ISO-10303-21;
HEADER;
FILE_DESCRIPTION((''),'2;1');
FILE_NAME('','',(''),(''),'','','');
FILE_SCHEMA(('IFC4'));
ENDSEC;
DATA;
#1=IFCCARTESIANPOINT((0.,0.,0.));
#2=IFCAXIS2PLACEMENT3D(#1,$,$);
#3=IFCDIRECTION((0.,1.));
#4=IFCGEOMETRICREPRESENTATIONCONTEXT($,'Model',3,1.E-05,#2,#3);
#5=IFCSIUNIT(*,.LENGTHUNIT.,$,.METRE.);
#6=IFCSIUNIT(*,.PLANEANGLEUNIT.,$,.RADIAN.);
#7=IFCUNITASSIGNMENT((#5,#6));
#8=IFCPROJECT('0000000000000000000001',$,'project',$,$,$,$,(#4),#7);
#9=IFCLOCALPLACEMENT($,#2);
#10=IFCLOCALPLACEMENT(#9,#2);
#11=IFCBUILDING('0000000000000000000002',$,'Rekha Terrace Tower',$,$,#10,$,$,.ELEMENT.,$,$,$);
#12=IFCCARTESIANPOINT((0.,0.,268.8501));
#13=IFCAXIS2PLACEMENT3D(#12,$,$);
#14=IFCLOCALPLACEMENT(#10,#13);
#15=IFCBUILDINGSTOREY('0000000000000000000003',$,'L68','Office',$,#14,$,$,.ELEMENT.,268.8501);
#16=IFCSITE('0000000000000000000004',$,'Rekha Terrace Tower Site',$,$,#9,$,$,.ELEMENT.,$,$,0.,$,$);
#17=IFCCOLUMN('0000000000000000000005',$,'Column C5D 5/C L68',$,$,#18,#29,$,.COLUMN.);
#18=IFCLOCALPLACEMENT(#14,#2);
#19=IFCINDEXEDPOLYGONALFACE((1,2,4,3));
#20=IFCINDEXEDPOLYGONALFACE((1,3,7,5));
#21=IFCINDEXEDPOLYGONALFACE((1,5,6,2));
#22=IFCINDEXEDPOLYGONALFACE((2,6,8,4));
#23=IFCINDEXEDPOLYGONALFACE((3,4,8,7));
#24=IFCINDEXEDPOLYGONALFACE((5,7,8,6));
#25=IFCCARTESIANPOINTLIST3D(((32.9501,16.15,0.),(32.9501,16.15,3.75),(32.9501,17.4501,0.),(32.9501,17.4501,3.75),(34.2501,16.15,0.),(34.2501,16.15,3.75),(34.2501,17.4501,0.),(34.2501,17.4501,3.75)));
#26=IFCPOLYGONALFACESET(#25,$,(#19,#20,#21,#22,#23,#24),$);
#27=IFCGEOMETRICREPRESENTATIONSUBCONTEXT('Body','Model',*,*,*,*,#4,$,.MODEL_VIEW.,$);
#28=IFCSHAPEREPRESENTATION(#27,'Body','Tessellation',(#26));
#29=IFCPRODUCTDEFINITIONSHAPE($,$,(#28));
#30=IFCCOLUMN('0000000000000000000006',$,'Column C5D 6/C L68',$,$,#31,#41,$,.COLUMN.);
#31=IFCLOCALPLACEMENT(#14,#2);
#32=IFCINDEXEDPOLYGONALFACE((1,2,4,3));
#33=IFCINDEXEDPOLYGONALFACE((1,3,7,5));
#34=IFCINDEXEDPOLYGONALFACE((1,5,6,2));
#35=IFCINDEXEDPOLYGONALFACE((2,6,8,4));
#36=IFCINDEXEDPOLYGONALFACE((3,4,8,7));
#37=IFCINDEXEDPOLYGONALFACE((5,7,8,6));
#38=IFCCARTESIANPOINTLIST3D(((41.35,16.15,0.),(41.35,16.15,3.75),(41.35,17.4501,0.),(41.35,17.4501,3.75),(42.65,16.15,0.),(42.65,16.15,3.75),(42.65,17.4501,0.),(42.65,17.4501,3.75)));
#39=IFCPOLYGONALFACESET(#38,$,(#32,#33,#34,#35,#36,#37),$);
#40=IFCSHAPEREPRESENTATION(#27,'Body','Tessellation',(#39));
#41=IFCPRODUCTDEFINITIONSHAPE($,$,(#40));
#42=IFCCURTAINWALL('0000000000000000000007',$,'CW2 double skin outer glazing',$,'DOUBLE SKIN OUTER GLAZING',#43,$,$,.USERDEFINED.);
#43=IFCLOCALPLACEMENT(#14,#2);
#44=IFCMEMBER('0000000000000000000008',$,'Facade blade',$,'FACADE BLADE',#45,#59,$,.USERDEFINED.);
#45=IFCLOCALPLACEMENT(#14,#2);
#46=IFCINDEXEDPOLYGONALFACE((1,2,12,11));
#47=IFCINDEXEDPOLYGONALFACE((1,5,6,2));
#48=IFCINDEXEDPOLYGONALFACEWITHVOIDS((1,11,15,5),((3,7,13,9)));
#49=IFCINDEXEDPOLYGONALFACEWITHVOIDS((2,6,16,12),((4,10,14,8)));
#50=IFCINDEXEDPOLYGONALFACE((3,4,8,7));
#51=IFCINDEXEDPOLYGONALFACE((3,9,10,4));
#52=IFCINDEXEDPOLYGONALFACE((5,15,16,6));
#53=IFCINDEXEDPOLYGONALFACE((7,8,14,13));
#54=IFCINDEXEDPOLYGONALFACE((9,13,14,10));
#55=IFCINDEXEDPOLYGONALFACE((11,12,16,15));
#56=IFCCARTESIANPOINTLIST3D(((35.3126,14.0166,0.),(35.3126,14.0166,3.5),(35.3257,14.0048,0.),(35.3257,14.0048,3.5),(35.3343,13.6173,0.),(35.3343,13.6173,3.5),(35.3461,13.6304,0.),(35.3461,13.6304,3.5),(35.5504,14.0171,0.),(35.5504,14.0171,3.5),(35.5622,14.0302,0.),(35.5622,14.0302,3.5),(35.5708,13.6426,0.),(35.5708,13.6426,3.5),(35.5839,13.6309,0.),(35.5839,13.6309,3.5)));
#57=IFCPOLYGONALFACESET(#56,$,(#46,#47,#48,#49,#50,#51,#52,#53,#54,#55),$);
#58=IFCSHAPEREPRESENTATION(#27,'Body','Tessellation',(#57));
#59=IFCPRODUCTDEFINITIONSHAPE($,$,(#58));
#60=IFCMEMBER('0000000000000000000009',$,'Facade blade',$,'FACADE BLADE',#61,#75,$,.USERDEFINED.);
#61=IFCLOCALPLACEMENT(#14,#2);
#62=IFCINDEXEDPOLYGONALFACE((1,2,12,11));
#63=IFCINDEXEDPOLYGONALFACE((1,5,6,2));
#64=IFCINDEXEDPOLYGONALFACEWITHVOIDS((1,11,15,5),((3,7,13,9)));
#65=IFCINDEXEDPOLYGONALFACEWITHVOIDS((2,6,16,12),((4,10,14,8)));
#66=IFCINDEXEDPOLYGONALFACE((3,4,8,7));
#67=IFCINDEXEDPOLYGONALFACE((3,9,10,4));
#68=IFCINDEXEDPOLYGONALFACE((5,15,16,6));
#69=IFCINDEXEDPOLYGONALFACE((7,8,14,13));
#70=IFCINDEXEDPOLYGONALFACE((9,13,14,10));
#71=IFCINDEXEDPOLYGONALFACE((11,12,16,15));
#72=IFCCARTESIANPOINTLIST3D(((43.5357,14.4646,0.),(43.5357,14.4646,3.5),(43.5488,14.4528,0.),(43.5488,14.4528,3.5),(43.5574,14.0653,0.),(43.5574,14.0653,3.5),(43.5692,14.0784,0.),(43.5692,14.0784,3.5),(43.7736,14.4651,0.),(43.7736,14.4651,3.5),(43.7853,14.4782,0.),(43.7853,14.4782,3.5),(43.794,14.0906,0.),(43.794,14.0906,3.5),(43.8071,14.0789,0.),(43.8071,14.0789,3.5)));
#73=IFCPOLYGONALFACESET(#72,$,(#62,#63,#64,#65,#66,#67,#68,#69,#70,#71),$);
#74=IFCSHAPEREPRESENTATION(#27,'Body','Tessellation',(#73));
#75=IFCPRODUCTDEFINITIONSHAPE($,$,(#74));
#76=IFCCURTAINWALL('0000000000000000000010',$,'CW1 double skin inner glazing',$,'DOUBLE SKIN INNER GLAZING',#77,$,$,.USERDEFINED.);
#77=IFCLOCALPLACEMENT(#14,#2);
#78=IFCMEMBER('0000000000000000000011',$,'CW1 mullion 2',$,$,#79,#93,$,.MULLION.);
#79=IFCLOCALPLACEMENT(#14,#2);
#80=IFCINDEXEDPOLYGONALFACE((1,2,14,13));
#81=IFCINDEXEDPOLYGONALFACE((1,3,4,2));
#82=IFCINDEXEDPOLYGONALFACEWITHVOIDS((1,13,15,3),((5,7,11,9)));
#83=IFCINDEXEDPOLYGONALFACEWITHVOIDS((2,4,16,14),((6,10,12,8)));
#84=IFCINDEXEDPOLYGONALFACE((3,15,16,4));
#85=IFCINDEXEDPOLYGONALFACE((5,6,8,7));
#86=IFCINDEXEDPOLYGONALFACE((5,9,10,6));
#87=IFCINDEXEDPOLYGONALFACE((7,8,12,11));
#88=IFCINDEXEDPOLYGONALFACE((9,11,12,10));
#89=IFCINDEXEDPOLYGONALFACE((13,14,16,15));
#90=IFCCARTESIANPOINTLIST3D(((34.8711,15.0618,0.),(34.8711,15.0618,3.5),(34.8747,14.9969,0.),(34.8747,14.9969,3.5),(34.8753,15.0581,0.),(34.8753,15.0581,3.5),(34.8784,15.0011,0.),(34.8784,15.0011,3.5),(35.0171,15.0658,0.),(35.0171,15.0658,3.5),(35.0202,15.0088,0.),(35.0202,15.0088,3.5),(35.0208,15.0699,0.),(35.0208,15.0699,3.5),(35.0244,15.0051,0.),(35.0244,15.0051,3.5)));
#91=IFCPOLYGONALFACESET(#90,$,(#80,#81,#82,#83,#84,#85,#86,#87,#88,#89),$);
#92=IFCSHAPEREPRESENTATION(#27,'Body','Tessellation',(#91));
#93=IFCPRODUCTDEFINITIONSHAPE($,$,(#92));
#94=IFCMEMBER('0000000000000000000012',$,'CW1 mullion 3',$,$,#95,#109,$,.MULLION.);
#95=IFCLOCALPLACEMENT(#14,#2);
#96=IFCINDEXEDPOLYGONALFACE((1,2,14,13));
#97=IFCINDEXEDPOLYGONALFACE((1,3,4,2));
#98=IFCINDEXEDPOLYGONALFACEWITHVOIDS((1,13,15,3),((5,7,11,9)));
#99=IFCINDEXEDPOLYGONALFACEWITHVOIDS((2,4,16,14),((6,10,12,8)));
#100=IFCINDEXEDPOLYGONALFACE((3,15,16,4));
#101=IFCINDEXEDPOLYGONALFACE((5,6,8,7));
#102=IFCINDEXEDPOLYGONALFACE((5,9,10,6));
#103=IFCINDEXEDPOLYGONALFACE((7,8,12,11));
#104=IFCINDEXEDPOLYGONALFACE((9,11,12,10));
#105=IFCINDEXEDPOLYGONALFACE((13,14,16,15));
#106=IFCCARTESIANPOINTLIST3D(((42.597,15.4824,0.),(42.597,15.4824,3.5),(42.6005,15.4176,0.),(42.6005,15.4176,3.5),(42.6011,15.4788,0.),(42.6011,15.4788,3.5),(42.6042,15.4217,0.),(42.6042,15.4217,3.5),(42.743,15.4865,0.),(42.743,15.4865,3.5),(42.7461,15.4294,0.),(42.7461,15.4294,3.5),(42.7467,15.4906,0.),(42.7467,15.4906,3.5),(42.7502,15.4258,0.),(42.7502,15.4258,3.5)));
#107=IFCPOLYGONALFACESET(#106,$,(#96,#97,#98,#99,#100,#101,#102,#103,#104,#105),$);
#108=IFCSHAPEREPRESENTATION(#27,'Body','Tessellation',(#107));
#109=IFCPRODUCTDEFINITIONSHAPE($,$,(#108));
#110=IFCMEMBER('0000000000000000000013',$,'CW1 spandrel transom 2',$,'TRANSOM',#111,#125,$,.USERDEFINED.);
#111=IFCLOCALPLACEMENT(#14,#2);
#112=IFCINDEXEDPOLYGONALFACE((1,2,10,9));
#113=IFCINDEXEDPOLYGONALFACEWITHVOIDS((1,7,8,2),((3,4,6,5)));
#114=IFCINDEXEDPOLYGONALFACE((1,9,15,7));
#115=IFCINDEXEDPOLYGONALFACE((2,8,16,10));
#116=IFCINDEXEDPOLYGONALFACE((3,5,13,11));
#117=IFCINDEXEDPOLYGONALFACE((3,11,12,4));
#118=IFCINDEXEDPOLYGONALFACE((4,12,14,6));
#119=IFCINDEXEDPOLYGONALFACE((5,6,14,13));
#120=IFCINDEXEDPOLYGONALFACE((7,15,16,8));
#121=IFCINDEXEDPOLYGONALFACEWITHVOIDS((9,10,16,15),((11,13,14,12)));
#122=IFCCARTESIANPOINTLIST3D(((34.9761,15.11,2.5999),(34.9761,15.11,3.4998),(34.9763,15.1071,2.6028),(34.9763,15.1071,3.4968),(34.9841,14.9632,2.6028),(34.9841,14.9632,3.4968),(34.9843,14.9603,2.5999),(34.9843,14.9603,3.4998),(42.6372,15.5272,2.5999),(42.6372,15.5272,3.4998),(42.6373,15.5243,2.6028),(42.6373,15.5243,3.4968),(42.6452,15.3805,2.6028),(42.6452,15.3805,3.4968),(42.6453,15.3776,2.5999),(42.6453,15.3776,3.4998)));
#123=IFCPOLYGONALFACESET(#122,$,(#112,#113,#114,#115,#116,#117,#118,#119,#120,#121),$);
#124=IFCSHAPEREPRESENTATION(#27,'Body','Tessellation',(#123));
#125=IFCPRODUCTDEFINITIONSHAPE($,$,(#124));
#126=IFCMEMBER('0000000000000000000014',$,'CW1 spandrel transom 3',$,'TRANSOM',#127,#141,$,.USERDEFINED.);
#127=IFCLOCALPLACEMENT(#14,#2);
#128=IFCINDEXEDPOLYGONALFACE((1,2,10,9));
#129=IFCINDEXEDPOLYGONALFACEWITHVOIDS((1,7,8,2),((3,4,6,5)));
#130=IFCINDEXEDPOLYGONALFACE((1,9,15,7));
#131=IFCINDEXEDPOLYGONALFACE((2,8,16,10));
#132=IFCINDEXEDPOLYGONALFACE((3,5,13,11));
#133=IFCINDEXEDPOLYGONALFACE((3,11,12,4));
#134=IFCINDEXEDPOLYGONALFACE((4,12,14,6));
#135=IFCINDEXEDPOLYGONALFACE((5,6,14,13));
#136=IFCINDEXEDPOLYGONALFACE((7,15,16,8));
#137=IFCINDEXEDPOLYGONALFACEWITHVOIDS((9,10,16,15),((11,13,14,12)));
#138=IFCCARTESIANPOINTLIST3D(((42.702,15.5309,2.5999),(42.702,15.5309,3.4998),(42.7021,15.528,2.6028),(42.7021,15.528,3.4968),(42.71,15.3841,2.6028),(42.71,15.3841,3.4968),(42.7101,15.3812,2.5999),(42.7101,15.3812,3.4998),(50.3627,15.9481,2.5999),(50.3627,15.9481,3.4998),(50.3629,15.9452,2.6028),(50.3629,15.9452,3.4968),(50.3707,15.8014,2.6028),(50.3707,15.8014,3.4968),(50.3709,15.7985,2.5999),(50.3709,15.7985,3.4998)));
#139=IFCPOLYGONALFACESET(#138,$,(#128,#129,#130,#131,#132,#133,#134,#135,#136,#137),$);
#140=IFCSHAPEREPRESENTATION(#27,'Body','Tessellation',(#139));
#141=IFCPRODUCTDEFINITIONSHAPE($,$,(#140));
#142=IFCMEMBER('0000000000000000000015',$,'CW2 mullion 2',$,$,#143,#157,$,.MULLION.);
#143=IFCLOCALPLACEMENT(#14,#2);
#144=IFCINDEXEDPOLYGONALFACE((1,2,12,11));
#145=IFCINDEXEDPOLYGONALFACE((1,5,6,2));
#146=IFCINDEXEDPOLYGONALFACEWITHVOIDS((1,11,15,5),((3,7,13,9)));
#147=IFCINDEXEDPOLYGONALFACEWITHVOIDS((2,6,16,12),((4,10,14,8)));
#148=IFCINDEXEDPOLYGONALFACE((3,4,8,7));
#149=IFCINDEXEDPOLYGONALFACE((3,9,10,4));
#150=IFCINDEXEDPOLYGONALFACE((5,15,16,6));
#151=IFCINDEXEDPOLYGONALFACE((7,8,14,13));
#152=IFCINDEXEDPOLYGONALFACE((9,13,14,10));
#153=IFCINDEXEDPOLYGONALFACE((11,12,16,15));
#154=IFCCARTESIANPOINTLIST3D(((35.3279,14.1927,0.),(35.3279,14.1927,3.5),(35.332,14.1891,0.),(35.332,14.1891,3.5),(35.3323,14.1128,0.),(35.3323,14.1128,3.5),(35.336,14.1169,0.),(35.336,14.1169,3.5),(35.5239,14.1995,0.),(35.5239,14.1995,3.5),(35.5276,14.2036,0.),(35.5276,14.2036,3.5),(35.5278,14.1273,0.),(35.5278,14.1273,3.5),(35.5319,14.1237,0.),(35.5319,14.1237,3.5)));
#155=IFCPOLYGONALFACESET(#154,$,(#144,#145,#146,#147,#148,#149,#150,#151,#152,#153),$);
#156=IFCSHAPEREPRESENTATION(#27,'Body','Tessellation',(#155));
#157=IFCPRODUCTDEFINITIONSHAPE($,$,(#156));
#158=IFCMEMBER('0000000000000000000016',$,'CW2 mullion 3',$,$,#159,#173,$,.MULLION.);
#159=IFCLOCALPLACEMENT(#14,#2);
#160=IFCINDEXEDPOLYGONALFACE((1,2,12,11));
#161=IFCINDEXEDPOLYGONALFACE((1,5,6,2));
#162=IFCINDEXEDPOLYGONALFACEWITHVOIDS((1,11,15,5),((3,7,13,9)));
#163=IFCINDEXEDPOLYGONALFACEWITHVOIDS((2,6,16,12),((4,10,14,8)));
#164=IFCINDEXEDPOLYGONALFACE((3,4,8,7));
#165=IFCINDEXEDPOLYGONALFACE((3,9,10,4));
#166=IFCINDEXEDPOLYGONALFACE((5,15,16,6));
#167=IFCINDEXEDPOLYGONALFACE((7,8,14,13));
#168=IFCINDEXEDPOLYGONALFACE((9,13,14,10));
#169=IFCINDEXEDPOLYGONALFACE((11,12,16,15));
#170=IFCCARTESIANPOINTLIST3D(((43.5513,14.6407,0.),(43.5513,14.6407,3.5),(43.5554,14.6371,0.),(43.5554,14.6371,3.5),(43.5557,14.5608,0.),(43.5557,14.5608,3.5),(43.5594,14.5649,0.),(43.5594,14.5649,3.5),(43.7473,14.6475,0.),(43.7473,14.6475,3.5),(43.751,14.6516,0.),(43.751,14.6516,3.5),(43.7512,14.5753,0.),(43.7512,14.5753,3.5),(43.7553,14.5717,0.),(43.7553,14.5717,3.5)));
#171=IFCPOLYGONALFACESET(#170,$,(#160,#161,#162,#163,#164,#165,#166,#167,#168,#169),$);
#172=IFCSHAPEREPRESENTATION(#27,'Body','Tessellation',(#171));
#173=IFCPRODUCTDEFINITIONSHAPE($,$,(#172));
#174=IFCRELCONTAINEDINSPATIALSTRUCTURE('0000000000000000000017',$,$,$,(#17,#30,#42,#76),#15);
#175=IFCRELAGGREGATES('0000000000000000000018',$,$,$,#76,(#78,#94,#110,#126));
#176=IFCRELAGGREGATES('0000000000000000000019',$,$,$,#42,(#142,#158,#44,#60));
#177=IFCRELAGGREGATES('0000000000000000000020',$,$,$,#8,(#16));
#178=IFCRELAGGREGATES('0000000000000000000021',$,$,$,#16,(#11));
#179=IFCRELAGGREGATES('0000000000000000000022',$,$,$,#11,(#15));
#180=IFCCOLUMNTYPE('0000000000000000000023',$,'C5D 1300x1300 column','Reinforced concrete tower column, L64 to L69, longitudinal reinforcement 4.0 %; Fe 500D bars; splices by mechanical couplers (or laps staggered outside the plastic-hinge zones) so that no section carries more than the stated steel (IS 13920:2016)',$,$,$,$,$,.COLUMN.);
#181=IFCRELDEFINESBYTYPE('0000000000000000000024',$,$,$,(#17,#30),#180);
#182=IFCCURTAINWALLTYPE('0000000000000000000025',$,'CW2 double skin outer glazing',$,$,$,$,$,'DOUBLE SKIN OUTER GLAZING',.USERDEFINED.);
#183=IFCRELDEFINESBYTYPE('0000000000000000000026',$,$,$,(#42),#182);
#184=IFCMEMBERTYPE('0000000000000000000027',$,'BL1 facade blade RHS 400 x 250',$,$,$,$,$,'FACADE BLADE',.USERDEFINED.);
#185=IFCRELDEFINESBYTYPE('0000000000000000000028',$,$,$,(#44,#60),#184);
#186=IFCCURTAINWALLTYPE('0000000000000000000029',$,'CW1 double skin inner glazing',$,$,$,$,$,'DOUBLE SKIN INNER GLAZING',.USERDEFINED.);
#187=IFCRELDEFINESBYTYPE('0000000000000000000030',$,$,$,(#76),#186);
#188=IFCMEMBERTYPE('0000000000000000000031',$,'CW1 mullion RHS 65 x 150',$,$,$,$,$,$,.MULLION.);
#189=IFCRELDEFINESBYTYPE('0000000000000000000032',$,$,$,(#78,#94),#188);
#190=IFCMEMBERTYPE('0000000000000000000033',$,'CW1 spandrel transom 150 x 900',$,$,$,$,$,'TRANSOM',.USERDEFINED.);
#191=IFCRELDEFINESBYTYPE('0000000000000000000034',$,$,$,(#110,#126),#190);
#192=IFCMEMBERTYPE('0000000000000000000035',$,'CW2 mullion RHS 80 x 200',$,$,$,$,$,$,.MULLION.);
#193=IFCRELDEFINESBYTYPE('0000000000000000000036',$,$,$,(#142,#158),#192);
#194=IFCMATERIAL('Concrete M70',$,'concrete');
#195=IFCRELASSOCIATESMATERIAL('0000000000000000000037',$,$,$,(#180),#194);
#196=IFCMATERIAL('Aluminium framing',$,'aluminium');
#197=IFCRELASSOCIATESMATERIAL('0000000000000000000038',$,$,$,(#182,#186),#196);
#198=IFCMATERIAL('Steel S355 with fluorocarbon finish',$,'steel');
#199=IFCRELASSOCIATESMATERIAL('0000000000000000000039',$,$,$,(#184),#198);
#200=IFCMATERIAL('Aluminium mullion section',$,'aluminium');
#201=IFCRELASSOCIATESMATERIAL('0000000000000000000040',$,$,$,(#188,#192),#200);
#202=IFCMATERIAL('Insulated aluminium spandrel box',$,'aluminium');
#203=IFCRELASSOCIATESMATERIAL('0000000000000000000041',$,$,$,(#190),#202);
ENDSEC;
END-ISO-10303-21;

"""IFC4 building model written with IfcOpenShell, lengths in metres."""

from ifc_helpers import new_model, si_unit, direction, frame, origin, origin_2d, place, context, subcontext, project, spatial, rectangle, hollow_rectangle, extrude, material, material_profile, profile_set, type_object, element, aggregate, save


model = new_model("IFC4")

# Units and contexts
model_context = context("Model", 3, precision=1e-05, world=origin(), true_north=direction((0.0, 1.0)))
body_context = subcontext(model_context, "Body", "Model", "MODEL_VIEW")
ifc_project = project(units=[si_unit("LENGTHUNIT", "METRE"), si_unit("PLANEANGLEUNIT", "RADIAN")], contexts=[model_context])

# Site, building, storey
site_placement = place(None, origin())
site = spatial("IfcSite", under=ifc_project, at=site_placement, Name="Rekha Terrace Tower Site", CompositionType="ELEMENT", RefElevation=0.0)
building_placement = place(site_placement, origin())
building = spatial("IfcBuilding", under=site, at=building_placement, Name="Rekha Terrace Tower", CompositionType="ELEMENT")
storey_placement = place(building_placement, frame((0.0, 0.0, 268.8501)))
storey = spatial("IfcBuildingStorey", under=building, at=storey_placement, Name="L68", Description="Office", CompositionType="ELEMENT", Elevation=268.8501)

# Columns
ifc_material_1 = material(Name="Concrete M70", Category="concrete")
ifc_material_profile_1 = material_profile(ifc_material_1, rectangle(XDim=1.3, YDim=1.3, at=origin_2d()), Name="RC 1300x1300")
ifc_profile_set_1 = profile_set([ifc_material_profile_1], Name="Concrete M70")
column_type = type_object("IfcColumnType", Name="C5D 1300x1300 column", Description="Reinforced concrete tower column, L64 to L69, longitudinal reinforcement 4.0 %; Fe 500D bars; splices by mechanical couplers (or laps staggered outside the plastic-hinge zones) so that no section carries more than the stated steel (IS 13920:2016)", PredefinedType="COLUMN", material=ifc_profile_set_1)
for number, where, z_axis, x_axis, name in (
    (1, (33.6001, 16.8, 0.0), (0.0, 0.0, 1.0), (1.0, 0.0, 0.0), "Column C5D 5/C L68"),
    (2, (42.0, 16.8, 0.0), (0.0, 0.0, 1.0), (1.0, 0.0, 0.0), "Column C5D 6/C L68"),
):
    element("IfcColumn", number, at=place(storey_placement, frame(where, z_axis=z_axis, x_axis=x_axis)), inside=storey, type_object=column_type, Name=name, PredefinedType="COLUMN", context=body_context, shape_type="SweptSolid", body=[
        extrude(rectangle(XDim=1.3, YDim=1.3, at=origin_2d()), origin(), (0.0, 0.0, 1.0), 3.75),
    ])

# Curtain walls, members
ifc_material_2 = material(Name="Aluminium framing", Category="aluminium")
curtain_wall_type_1 = type_object("IfcCurtainWallType", Name="CW2 double skin outer glazing", ElementType="DOUBLE SKIN OUTER GLAZING", PredefinedType="USERDEFINED", material=ifc_material_2)
curtain_wall_1_placement = place(storey_placement, origin())
curtain_wall_1 = element("IfcCurtainWall", 3, at=curtain_wall_1_placement, inside=storey, type_object=curtain_wall_type_1, Name="CW2 double skin outer glazing", ObjectType="DOUBLE SKIN OUTER GLAZING", PredefinedType="USERDEFINED")
ifc_material_3 = material(Name="Steel S355 with fluorocarbon finish", Category="steel")
ifc_material_profile_2 = material_profile(ifc_material_3, hollow_rectangle(XDim=0.25, YDim=0.3999, WallThickness=0.0125, at=origin_2d()), Name="RHS400x250x12.5")
ifc_profile_set_2 = profile_set([ifc_material_profile_2], Name="Steel S355 with fluorocarbon finish")
member_type_1 = type_object("IfcMemberType", Name="BL1 facade blade RHS 400 x 250", ElementType="FACADE BLADE", PredefinedType="USERDEFINED", material=ifc_profile_set_2)
member_1_placement = place(storey_placement, frame((35.4482, 13.8237, 0.0), z_axis=(0.0, 0.0, 1.0), x_axis=(0.99852, 0.054389, 0.0)))
member_1 = element("IfcMember", 4, at=member_1_placement, type_object=member_type_1, Name="Facade blade", ObjectType="FACADE BLADE", PredefinedType="USERDEFINED", context=body_context, shape_type="SweptSolid", body=[
    extrude(hollow_rectangle(XDim=0.25, YDim=0.3999, WallThickness=0.0125, at=origin_2d()), origin(), (0.0, 0.0, 1.0), 3.5),
])
member_2_placement = place(storey_placement, frame((43.6714, 14.2717, 0.0), z_axis=(0.0, 0.0, 1.0), x_axis=(0.99852, 0.054389, 0.0)))
member_2 = element("IfcMember", 5, at=member_2_placement, type_object=member_type_1, Name="Facade blade", ObjectType="FACADE BLADE", PredefinedType="USERDEFINED", context=body_context, shape_type="SweptSolid", body=[
    extrude(hollow_rectangle(XDim=0.25, YDim=0.3999, WallThickness=0.0125, at=origin_2d()), origin(), (0.0, 0.0, 1.0), 3.5),
])
curtain_wall_type_2 = type_object("IfcCurtainWallType", Name="CW1 double skin inner glazing", ElementType="DOUBLE SKIN INNER GLAZING", PredefinedType="USERDEFINED", material=ifc_material_2)
curtain_wall_2_placement = place(storey_placement, origin())
curtain_wall_2 = element("IfcCurtainWall", 6, at=curtain_wall_2_placement, inside=storey, type_object=curtain_wall_type_2, Name="CW1 double skin inner glazing", ObjectType="DOUBLE SKIN INNER GLAZING", PredefinedType="USERDEFINED")
ifc_material_4 = material(Name="Aluminium mullion section", Category="aluminium")
ifc_material_profile_3 = material_profile(ifc_material_4, hollow_rectangle(XDim=0.0649, YDim=0.1499, WallThickness=0.0039, at=origin_2d()), Name="AL RHS 65x150")
ifc_profile_set_3 = profile_set([ifc_material_profile_3], Name="Aluminium mullion section")
member_type_2 = type_object("IfcMemberType", Name="CW1 mullion RHS 65 x 150", PredefinedType="MULLION", material=ifc_profile_set_3)
member_3_placement = place(storey_placement, frame((34.9478, 15.0334, 0.0), z_axis=(0.0, 0.0, 1.0), x_axis=(-0.054389, 0.99852, 0.0)))
member_3 = element("IfcMember", 7, at=member_3_placement, type_object=member_type_2, Name="CW1 mullion 2", PredefinedType="MULLION", context=body_context, shape_type="SweptSolid", body=[
    extrude(hollow_rectangle(XDim=0.0649, YDim=0.1499, WallThickness=0.0039, at=origin_2d()), origin(), (0.0, 0.0, 1.0), 3.5),
])
member_4_placement = place(storey_placement, frame((42.6736, 15.4541, 0.0), z_axis=(0.0, 0.0, 1.0), x_axis=(-0.054389, 0.99852, 0.0)))
member_4 = element("IfcMember", 8, at=member_4_placement, type_object=member_type_2, Name="CW1 mullion 3", PredefinedType="MULLION", context=body_context, shape_type="SweptSolid", body=[
    extrude(hollow_rectangle(XDim=0.0649, YDim=0.1499, WallThickness=0.0039, at=origin_2d()), origin(), (0.0, 0.0, 1.0), 3.5),
])
ifc_material_5 = material(Name="Insulated aluminium spandrel box", Category="aluminium")
ifc_material_profile_4 = material_profile(ifc_material_5, hollow_rectangle(XDim=0.1499, YDim=0.8999, WallThickness=0.0029, at=origin_2d()), Name="AL SPANDREL BOX 150x900")
ifc_profile_set_4 = profile_set([ifc_material_profile_4], Name="Insulated aluminium spandrel box")
member_type_3 = type_object("IfcMemberType", Name="CW1 spandrel transom 150 x 900", ElementType="TRANSOM", PredefinedType="USERDEFINED", material=ifc_profile_set_4)
member_5_placement = place(storey_placement, frame((34.9802, 15.0352, 3.0498), z_axis=(0.99852, 0.054383, 0.0), x_axis=(-0.054383, 0.99852, 0.0)))
member_5 = element("IfcMember", 9, at=member_5_placement, type_object=member_type_3, Name="CW1 spandrel transom 2", ObjectType="TRANSOM", PredefinedType="USERDEFINED", context=body_context, shape_type="SweptSolid", body=[
    extrude(hollow_rectangle(XDim=0.1499, YDim=0.8999, WallThickness=0.0029, at=origin_2d()), origin(), (0.0, 0.0, 1.0), 7.6724),
])
member_6_placement = place(storey_placement, frame((42.7061, 15.4561, 3.0498), z_axis=(0.99852, 0.054384, 0.0), x_axis=(-0.054384, 0.99852, 0.0)))
member_6 = element("IfcMember", 10, at=member_6_placement, type_object=member_type_3, Name="CW1 spandrel transom 3", ObjectType="TRANSOM", PredefinedType="USERDEFINED", context=body_context, shape_type="SweptSolid", body=[
    extrude(hollow_rectangle(XDim=0.1499, YDim=0.8999, WallThickness=0.0029, at=origin_2d()), origin(), (0.0, 0.0, 1.0), 7.6721),
])

# Members
ifc_material_profile_5 = material_profile(ifc_material_4, hollow_rectangle(XDim=0.0801, YDim=0.2, WallThickness=0.0039, at=origin_2d()), Name="AL RHS 80x200")
ifc_profile_set_5 = profile_set([ifc_material_profile_5], Name="Aluminium mullion section")
member_type_4 = type_object("IfcMemberType", Name="CW2 mullion RHS 80 x 200", PredefinedType="MULLION", material=ifc_profile_set_5)
member_7_placement = place(storey_placement, frame((35.4299, 14.1582, 0.0), z_axis=(0.0, 0.0, 1.0), x_axis=(-0.054389, 0.99852, 0.0)))
member_7 = element("IfcMember", 11, at=member_7_placement, type_object=member_type_4, Name="CW2 mullion 2", PredefinedType="MULLION", context=body_context, shape_type="SweptSolid", body=[
    extrude(hollow_rectangle(XDim=0.0801, YDim=0.2, WallThickness=0.0039, at=origin_2d()), origin(), (0.0, 0.0, 1.0), 3.5),
])
member_8_placement = place(storey_placement, frame((43.6533, 14.6062, 0.0), z_axis=(0.0, 0.0, 1.0), x_axis=(-0.054389, 0.99852, 0.0)))
member_8 = element("IfcMember", 12, at=member_8_placement, type_object=member_type_4, Name="CW2 mullion 3", PredefinedType="MULLION", context=body_context, shape_type="SweptSolid", body=[
    extrude(hollow_rectangle(XDim=0.0801, YDim=0.2, WallThickness=0.0039, at=origin_2d()), origin(), (0.0, 0.0, 1.0), 3.5),
])

aggregate(curtain_wall_2, [member_3, member_4, member_5, member_6])
aggregate(curtain_wall_1, [member_7, member_8, member_1, member_2])

save(model, "model.ifc")
